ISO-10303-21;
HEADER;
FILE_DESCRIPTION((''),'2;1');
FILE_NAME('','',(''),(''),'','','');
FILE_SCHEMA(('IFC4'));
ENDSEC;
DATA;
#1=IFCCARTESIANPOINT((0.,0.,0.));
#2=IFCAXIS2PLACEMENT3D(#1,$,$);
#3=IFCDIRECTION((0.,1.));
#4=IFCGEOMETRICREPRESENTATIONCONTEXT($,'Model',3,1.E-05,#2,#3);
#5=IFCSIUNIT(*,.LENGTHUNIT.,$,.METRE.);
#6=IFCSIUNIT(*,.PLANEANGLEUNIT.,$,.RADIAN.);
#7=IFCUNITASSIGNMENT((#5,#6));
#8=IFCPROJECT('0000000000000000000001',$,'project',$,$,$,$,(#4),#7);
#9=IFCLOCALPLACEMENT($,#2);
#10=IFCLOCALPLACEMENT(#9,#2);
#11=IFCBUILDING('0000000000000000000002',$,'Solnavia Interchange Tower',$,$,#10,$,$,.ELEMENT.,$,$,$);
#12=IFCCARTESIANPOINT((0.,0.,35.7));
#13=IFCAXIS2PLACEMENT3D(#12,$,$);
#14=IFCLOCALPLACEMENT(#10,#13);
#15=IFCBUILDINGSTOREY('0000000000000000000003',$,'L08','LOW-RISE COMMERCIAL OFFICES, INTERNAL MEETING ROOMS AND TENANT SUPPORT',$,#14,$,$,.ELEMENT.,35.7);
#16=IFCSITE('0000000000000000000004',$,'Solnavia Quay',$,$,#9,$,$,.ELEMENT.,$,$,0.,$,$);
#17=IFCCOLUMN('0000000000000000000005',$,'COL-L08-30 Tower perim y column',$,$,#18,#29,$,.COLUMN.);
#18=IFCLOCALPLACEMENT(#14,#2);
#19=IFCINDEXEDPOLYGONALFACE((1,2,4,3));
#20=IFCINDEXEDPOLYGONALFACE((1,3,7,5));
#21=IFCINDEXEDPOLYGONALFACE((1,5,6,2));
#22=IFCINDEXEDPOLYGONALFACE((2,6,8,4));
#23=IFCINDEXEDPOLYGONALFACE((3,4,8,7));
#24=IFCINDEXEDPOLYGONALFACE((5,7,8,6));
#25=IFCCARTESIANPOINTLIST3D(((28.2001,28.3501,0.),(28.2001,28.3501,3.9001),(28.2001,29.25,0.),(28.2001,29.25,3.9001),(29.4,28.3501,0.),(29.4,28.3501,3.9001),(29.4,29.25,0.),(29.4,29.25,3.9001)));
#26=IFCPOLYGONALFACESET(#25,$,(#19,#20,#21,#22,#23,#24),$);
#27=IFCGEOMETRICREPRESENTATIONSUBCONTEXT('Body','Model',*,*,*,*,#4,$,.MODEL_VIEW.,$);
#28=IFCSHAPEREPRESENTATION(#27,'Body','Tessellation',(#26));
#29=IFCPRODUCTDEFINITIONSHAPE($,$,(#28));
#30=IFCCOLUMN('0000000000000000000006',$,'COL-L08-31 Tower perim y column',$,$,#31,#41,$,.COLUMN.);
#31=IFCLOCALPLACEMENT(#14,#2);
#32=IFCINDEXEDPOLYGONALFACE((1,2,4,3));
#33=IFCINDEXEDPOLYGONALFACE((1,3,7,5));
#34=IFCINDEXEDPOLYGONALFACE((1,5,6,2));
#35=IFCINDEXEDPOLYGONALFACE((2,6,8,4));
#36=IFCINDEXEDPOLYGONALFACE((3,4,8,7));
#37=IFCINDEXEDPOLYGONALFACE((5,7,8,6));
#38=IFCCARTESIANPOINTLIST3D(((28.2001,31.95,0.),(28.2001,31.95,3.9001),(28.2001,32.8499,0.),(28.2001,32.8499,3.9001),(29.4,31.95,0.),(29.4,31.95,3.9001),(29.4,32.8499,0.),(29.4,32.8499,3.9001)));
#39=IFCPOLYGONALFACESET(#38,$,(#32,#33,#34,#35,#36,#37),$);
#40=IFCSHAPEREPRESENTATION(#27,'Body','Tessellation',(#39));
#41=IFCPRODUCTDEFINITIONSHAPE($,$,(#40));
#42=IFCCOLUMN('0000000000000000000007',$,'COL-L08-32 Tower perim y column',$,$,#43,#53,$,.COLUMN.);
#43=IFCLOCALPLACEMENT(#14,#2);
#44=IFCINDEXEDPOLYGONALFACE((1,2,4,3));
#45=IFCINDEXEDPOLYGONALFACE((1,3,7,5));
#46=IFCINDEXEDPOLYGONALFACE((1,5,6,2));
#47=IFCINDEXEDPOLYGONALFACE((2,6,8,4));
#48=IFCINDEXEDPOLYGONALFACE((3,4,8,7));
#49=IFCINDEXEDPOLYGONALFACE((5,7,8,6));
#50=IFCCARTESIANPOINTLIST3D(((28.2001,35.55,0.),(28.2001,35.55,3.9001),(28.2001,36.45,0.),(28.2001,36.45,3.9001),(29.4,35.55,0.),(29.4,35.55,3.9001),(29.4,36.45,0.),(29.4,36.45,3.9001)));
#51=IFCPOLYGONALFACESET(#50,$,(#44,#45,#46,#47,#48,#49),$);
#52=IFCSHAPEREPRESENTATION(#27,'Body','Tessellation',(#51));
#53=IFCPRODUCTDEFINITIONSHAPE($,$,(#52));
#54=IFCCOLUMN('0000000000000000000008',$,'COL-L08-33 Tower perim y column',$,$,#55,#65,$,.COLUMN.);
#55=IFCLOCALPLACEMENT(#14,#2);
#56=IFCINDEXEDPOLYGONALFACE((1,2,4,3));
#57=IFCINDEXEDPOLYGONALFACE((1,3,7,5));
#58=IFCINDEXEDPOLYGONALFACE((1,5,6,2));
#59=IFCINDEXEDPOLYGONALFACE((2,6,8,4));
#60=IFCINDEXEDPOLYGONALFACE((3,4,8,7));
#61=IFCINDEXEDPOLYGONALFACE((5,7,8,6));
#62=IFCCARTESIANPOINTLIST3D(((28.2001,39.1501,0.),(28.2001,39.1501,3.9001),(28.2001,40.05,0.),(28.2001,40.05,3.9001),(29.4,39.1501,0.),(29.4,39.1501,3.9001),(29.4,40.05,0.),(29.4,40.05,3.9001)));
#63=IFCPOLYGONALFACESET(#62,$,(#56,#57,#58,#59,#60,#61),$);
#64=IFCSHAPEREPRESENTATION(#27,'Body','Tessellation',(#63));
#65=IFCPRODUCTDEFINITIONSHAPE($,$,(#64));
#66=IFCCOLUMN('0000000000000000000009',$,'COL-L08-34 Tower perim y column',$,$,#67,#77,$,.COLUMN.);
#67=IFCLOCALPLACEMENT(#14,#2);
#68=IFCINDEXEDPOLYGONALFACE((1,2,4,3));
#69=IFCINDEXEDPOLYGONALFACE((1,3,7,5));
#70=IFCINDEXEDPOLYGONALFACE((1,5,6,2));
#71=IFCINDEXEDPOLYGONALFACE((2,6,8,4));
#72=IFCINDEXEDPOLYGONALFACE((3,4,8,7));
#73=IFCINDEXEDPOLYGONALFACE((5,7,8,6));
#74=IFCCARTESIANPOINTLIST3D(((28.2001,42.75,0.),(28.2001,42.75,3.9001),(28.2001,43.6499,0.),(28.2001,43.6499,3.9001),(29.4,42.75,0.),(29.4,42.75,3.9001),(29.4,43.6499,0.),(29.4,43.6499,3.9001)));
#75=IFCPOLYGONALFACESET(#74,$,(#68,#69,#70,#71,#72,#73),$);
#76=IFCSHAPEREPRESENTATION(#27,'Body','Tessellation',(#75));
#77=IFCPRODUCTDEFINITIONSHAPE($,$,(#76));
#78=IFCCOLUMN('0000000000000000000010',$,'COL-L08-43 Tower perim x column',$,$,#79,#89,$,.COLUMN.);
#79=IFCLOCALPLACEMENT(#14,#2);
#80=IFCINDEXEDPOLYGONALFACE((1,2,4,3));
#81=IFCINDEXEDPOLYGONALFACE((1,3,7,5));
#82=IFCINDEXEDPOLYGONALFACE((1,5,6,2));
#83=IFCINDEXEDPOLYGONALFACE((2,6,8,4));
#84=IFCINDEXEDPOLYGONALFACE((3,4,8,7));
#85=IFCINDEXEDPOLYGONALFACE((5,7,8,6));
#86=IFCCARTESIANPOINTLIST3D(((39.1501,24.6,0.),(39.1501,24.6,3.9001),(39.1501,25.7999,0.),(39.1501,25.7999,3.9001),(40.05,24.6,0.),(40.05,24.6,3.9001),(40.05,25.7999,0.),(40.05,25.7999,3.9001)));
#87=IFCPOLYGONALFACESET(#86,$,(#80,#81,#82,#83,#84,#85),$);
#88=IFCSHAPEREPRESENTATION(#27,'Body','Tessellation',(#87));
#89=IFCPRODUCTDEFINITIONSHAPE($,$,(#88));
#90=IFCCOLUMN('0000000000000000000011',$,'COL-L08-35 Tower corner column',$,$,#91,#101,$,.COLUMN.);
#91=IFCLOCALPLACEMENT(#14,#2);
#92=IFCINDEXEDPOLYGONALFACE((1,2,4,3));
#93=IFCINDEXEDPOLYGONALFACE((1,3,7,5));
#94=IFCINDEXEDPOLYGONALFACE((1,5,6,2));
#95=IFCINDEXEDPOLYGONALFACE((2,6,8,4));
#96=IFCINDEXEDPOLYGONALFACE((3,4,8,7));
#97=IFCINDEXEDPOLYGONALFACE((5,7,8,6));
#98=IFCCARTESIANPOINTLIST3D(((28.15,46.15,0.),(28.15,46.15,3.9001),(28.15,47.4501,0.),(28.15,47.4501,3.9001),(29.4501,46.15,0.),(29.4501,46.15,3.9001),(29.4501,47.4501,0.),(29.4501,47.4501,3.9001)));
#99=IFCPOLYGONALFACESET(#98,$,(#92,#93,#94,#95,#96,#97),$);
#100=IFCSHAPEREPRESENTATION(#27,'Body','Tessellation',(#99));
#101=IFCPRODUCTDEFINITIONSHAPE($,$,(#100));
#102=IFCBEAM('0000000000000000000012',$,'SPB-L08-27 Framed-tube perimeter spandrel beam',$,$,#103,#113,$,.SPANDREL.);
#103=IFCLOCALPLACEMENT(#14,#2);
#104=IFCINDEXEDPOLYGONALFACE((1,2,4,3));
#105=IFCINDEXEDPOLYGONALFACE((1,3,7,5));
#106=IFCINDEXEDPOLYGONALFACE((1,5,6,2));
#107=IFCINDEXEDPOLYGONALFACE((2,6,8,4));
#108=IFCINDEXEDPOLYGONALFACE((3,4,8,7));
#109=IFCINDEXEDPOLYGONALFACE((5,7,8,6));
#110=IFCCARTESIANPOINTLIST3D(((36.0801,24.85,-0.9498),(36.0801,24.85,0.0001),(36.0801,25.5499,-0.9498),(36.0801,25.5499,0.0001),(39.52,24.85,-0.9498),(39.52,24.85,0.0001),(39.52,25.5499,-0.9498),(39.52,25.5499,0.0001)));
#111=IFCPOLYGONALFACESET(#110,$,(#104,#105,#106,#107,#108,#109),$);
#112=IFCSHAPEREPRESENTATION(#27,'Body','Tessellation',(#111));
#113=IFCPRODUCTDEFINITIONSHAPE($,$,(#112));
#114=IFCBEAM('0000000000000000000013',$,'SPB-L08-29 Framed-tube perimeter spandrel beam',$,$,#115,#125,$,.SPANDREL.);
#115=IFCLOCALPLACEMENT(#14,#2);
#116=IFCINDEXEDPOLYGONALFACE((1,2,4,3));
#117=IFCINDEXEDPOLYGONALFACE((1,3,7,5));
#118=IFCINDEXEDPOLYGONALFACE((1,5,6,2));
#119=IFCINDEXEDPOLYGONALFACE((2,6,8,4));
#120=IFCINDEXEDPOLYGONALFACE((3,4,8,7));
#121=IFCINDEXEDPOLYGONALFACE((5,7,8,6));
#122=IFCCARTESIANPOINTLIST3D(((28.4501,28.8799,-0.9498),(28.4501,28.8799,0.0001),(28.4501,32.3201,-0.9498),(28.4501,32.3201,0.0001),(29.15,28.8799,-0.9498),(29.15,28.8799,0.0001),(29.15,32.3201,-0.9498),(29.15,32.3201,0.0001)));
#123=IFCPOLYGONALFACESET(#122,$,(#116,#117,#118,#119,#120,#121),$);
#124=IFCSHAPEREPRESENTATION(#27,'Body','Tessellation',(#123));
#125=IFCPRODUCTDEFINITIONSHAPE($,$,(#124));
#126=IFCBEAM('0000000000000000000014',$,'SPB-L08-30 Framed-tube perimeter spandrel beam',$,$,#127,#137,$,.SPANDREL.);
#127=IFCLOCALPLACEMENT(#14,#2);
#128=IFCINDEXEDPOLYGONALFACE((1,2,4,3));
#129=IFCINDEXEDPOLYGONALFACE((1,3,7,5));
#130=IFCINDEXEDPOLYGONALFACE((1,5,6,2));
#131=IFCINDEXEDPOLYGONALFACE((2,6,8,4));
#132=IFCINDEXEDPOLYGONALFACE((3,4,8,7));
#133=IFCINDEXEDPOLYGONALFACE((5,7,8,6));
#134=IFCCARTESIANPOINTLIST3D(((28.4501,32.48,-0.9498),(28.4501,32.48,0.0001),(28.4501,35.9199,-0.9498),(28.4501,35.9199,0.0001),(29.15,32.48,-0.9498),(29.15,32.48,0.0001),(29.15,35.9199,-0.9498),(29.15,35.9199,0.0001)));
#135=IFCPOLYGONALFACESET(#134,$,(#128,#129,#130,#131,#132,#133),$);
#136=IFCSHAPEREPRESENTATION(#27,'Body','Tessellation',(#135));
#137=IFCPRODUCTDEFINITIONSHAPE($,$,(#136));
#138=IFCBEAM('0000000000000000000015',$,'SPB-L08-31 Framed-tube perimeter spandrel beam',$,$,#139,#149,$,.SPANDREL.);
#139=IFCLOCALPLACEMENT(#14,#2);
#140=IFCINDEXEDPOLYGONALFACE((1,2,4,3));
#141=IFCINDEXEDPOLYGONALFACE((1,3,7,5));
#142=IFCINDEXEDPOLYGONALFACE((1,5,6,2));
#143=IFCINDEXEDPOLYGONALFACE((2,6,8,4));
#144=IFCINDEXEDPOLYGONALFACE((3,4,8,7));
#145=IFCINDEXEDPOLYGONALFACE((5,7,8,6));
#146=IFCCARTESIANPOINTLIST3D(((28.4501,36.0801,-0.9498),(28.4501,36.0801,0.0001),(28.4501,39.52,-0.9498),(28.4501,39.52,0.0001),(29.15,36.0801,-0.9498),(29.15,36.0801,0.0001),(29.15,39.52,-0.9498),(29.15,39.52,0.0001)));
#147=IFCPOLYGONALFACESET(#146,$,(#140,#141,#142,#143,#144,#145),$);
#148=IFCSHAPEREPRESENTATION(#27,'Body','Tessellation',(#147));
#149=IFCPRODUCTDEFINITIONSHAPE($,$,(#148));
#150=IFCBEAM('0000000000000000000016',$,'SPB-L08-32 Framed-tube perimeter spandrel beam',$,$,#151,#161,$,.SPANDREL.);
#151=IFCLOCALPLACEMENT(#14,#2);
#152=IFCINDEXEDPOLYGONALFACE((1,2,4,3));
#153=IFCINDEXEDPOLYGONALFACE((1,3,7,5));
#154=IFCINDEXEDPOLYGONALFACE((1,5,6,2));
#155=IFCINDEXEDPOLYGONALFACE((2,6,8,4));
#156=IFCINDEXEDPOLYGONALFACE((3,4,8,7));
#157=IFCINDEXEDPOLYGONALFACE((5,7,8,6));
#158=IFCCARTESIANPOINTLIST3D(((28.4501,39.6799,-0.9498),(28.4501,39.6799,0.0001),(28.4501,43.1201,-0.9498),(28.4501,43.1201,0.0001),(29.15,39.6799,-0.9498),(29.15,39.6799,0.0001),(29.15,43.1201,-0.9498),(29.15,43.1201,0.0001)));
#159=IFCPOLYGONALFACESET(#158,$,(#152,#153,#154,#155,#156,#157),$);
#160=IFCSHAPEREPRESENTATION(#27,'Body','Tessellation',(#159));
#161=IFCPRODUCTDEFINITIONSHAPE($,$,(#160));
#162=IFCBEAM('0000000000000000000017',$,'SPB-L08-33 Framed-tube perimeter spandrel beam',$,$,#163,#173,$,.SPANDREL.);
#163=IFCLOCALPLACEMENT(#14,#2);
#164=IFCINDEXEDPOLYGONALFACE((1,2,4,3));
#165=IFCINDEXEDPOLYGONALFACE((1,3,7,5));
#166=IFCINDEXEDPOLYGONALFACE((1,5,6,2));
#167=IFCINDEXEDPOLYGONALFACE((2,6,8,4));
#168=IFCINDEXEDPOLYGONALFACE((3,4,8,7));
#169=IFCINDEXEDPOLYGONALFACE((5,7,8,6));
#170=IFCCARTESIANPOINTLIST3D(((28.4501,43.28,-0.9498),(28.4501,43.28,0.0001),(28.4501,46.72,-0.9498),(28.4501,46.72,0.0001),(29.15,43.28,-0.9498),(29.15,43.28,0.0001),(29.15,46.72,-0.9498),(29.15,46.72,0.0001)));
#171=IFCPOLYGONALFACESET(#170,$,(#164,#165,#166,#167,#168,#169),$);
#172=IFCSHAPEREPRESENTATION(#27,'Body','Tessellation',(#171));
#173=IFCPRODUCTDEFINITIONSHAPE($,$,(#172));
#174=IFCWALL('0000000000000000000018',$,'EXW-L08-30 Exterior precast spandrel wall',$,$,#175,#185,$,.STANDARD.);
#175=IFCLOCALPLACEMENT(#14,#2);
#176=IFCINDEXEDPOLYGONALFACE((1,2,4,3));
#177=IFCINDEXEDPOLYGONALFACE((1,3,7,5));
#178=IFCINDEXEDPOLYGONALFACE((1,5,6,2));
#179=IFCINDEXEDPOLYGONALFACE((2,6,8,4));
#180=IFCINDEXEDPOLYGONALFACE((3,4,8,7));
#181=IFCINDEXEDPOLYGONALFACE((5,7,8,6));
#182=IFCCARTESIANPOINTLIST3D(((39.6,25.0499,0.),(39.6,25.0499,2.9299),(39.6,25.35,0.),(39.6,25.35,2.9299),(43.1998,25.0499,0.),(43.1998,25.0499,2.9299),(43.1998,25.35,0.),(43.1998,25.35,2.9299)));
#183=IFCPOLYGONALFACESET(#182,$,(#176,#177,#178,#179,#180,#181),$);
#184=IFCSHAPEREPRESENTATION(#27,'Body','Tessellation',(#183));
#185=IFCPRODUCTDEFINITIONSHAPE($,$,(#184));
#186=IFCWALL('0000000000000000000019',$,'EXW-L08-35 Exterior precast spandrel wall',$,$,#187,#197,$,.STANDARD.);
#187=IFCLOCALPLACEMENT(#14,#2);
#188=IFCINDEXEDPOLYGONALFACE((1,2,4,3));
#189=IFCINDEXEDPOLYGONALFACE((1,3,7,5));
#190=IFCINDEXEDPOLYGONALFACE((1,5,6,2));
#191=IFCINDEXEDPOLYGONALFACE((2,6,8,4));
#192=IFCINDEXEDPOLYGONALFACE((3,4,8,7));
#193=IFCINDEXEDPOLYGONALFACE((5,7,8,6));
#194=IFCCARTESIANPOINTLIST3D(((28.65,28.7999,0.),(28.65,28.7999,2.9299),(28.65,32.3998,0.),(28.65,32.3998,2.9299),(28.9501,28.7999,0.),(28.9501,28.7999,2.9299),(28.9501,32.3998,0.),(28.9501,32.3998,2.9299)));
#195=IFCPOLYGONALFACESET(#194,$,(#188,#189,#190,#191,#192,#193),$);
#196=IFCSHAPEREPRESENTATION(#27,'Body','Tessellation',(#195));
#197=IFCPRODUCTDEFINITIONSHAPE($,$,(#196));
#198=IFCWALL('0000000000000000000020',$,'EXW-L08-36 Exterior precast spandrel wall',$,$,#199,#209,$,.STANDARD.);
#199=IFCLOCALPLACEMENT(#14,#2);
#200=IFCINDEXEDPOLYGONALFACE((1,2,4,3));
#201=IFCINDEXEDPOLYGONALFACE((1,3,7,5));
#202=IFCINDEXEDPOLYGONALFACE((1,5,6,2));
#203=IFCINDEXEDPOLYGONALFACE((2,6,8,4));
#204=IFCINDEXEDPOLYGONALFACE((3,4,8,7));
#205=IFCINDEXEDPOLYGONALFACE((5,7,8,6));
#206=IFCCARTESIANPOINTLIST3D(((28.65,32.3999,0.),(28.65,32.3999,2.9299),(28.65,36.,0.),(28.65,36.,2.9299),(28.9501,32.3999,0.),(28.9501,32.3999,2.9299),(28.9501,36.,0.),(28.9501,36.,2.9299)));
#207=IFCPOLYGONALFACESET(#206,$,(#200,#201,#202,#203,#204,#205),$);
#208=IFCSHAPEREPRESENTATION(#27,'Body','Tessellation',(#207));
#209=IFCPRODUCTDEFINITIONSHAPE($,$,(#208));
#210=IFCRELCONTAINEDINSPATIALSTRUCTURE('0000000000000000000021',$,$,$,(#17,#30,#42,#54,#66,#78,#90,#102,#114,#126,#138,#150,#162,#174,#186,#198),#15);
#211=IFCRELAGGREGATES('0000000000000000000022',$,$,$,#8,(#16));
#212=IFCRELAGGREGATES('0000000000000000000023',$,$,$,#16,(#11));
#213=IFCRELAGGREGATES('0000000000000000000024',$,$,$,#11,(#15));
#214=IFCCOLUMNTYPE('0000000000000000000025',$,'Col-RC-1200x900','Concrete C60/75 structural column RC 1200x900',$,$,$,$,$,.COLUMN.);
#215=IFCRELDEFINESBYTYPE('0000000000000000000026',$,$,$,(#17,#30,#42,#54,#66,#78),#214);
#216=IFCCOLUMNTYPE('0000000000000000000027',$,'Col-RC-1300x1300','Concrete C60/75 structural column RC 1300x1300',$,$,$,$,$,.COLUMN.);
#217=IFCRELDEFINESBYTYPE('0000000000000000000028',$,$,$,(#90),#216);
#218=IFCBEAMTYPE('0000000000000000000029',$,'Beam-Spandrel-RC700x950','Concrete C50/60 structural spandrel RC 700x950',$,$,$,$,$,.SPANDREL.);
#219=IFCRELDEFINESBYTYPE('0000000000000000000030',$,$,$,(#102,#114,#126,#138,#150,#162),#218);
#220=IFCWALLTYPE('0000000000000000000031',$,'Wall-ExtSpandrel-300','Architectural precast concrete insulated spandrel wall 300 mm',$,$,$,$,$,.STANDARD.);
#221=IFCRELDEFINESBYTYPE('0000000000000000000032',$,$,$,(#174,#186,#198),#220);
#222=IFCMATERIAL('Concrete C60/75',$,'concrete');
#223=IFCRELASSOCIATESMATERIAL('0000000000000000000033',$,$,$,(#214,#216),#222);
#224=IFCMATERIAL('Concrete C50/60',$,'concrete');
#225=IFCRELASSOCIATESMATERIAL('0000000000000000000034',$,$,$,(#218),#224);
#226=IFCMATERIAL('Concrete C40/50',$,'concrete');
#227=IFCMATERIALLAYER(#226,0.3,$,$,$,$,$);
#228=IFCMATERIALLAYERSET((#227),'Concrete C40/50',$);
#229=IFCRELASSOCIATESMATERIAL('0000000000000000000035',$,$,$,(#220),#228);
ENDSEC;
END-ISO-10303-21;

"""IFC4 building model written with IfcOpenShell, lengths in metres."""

from ifc_helpers import new_model, si_unit, direction, frame, frame_2d, origin, origin_2d, place, context, subcontext, project, spatial, rectangle, extrude, material, layer, layer_set, material_profile, profile_set, type_object, element, save


model = new_model("IFC4")

# Units and contexts
model_context = context("Model", 3, precision=1e-05, world=origin(), true_north=direction((0.0, 1.0)))
body_context = subcontext(model_context, "Body", "Model", "MODEL_VIEW")
ifc_project = project(units=[si_unit("LENGTHUNIT", "METRE"), si_unit("PLANEANGLEUNIT", "RADIAN")], contexts=[model_context])

# Site, building, storey
site_placement = place(None, origin())
site = spatial("IfcSite", under=ifc_project, at=site_placement, Name="Solnavia Quay", CompositionType="ELEMENT", RefElevation=0.0)
building_placement = place(site_placement, origin())
building = spatial("IfcBuilding", under=site, at=building_placement, Name="Solnavia Interchange Tower", CompositionType="ELEMENT")
storey_placement = place(building_placement, frame((0.0, 0.0, 35.7)))
storey = spatial("IfcBuildingStorey", under=building, at=storey_placement, Name="L08", Description="LOW-RISE COMMERCIAL OFFICES, INTERNAL MEETING ROOMS AND TENANT SUPPORT", CompositionType="ELEMENT", Elevation=35.7)

# Columns
ifc_material_1 = material(Name="Concrete C60/75", Category="concrete")
ifc_material_profile_1 = material_profile(ifc_material_1, rectangle(XDim=0.8999, YDim=1.2, at=origin_2d()), Name="RC 1200x900")
ifc_profile_set_1 = profile_set([ifc_material_profile_1], Name="Concrete C60/75")
column_type_1 = type_object("IfcColumnType", Name="Col-RC-1200x900", Description="Concrete C60/75 structural column RC 1200x900", PredefinedType="COLUMN", material=ifc_profile_set_1)
for number, where, z_axis, x_axis, name in (
    (1, (28.8, 28.8, 0.0), (0.0, 0.0, 1.0), (0.0, 1.0, 0.0), "COL-L08-30 Tower perim y column"),
    (2, (28.8, 32.3999, 0.0), (0.0, 0.0, 1.0), (0.0, 1.0, 0.0), "COL-L08-31 Tower perim y column"),
    (3, (28.8, 36.0, 0.0), (0.0, 0.0, 1.0), (0.0, 1.0, 0.0), "COL-L08-32 Tower perim y column"),
    (4, (28.8, 39.6001, 0.0), (0.0, 0.0, 1.0), (0.0, 1.0, 0.0), "COL-L08-33 Tower perim y column"),
    (5, (28.8, 43.2, 0.0), (0.0, 0.0, 1.0), (0.0, 1.0, 0.0), "COL-L08-34 Tower perim y column"),
    (6, (39.6001, 25.2, 0.0), (0.0, 0.0, 1.0), (1.0, 0.0, 0.0), "COL-L08-43 Tower perim x column"),
):
    element("IfcColumn", number, at=place(storey_placement, frame(where, z_axis=z_axis, x_axis=x_axis)), inside=storey, type_object=column_type_1, Name=name, PredefinedType="COLUMN", context=body_context, shape_type="SweptSolid", body=[
        extrude(rectangle(XDim=0.8999, YDim=1.2, at=origin_2d()), origin(), (0.0, 0.0, 1.0), 3.9001),
    ])
ifc_material_profile_2 = material_profile(ifc_material_1, rectangle(XDim=1.3, YDim=1.3, at=origin_2d()), Name="RC 1300x1300")
ifc_profile_set_2 = profile_set([ifc_material_profile_2], Name="Concrete C60/75")
column_type_2 = type_object("IfcColumnType", Name="Col-RC-1300x1300", Description="Concrete C60/75 structural column RC 1300x1300", PredefinedType="COLUMN", material=ifc_profile_set_2)
column_placement = place(storey_placement, frame((28.8, 46.8, 0.0), z_axis=(0.0, 0.0, 1.0), x_axis=(0.0, 1.0, 0.0)))
element("IfcColumn", 7, at=column_placement, inside=storey, type_object=column_type_2, Name="COL-L08-35 Tower corner column", PredefinedType="COLUMN", context=body_context, shape_type="SweptSolid", body=[
    extrude(rectangle(XDim=1.3, YDim=1.3, at=origin_2d()), origin(), (0.0, 0.0, 1.0), 3.9001),
])

# Beams
ifc_material_2 = material(Name="Concrete C50/60", Category="concrete")
ifc_material_profile_3 = material_profile(ifc_material_2, rectangle(XDim=0.7, YDim=0.95, at=origin_2d()), Name="RC 700x950")
ifc_profile_set_3 = profile_set([ifc_material_profile_3], Name="Concrete C50/60")
beam_type = type_object("IfcBeamType", Name="Beam-Spandrel-RC700x950", Description="Concrete C50/60 structural spandrel RC 700x950", PredefinedType="SPANDREL", material=ifc_profile_set_3)
beam_1_placement = place(storey_placement, frame((39.52, 25.2, -0.4749), z_axis=(-1.0, 0.0, 0.0), x_axis=(0.0, -1.0, 0.0)))
element("IfcBeam", 8, at=beam_1_placement, inside=storey, type_object=beam_type, Name="SPB-L08-27 Framed-tube perimeter spandrel beam", PredefinedType="SPANDREL", context=body_context, shape_type="SweptSolid", body=[
    extrude(rectangle(XDim=0.7, YDim=0.95, at=origin_2d()), origin(), (0.0, 0.0, 1.0), 3.4399),
])
beam_2_placement = place(storey_placement, frame((28.8, 28.8799, -0.4749), z_axis=(0.0, 1.0, 0.0), x_axis=(-1.0, 0.0, 0.0)))
element("IfcBeam", 9, at=beam_2_placement, inside=storey, type_object=beam_type, Name="SPB-L08-29 Framed-tube perimeter spandrel beam", PredefinedType="SPANDREL", context=body_context, shape_type="SweptSolid", body=[
    extrude(rectangle(XDim=0.7, YDim=0.95, at=origin_2d()), origin(), (0.0, 0.0, 1.0), 3.4402),
])
for number, where, z_axis, x_axis, name in (
    (10, (28.8, 32.48, -0.4749), (0.0, 1.0, 0.0), (-1.0, 0.0, 0.0), "SPB-L08-30 Framed-tube perimeter spandrel beam"),
    (11, (28.8, 36.0801, -0.4749), (0.0, 1.0, 0.0), (-1.0, 0.0, 0.0), "SPB-L08-31 Framed-tube perimeter spandrel beam"),
):
    element("IfcBeam", number, at=place(storey_placement, frame(where, z_axis=z_axis, x_axis=x_axis)), inside=storey, type_object=beam_type, Name=name, PredefinedType="SPANDREL", context=body_context, shape_type="SweptSolid", body=[
        extrude(rectangle(XDim=0.7, YDim=0.95, at=origin_2d()), origin(), (0.0, 0.0, 1.0), 3.4399),
    ])
beam_3_placement = place(storey_placement, frame((28.8, 39.6799, -0.4749), z_axis=(0.0, 1.0, 0.0), x_axis=(-1.0, 0.0, 0.0)))
element("IfcBeam", 12, at=beam_3_placement, inside=storey, type_object=beam_type, Name="SPB-L08-32 Framed-tube perimeter spandrel beam", PredefinedType="SPANDREL", context=body_context, shape_type="SweptSolid", body=[
    extrude(rectangle(XDim=0.7, YDim=0.95, at=origin_2d()), origin(), (0.0, 0.0, 1.0), 3.4402),
])
beam_4_placement = place(storey_placement, frame((28.8, 43.28, -0.4749), z_axis=(0.0, 1.0, 0.0), x_axis=(-1.0, 0.0, 0.0)))
element("IfcBeam", 13, at=beam_4_placement, inside=storey, type_object=beam_type, Name="SPB-L08-33 Framed-tube perimeter spandrel beam", PredefinedType="SPANDREL", context=body_context, shape_type="SweptSolid", body=[
    extrude(rectangle(XDim=0.7, YDim=0.95, at=origin_2d()), origin(), (0.0, 0.0, 1.0), 3.4399),
])

# Walls
ifc_material_3 = material(Name="Concrete C40/50", Category="concrete")
ifc_layer = layer(ifc_material_3, 0.3)
ifc_layer_set = layer_set([ifc_layer], Name="Concrete C40/50")
wall_type = type_object("IfcWallType", Name="Wall-ExtSpandrel-300", Description="Architectural precast concrete insulated spandrel wall 300 mm", PredefinedType="STANDARD", material=ifc_layer_set)
for number, where, z_axis, x_axis, name in (
    (14, (39.6001, 25.2, 0.0), (0.0, 0.0, 1.0), (1.0, 0.0, 0.0), "EXW-L08-30 Exterior precast spandrel wall"),
    (15, (28.8, 28.8, 0.0), (0.0, 0.0, 1.0), (0.0, 1.0, 0.0), "EXW-L08-35 Exterior precast spandrel wall"),
):
    element("IfcWall", number, at=place(storey_placement, frame(where, z_axis=z_axis, x_axis=x_axis)), inside=storey, type_object=wall_type, Name=name, PredefinedType="STANDARD", context=body_context, shape_type="SweptSolid", body=[
        extrude(rectangle(XDim=3.5999, YDim=0.3, at=frame_2d((1.7998, 0.0))), origin(), (0.0, 0.0, 1.0), 2.9299),
    ])
for number, where, z_axis, x_axis, name in (
    (16, (28.8, 32.3999, 0.0), (0.0, 0.0, 1.0), (0.0, 1.0, 0.0), "EXW-L08-36 Exterior precast spandrel wall"),
):
    element("IfcWall", number, at=place(storey_placement, frame(where, z_axis=z_axis, x_axis=x_axis)), inside=storey, type_object=wall_type, Name=name, PredefinedType="STANDARD", context=body_context, shape_type="SweptSolid", body=[
        extrude(rectangle(XDim=3.6001, YDim=0.3, at=frame_2d((1.8, 0.0))), origin(), (0.0, 0.0, 1.0), 2.9299),
    ])

save(model, "model.ifc")
